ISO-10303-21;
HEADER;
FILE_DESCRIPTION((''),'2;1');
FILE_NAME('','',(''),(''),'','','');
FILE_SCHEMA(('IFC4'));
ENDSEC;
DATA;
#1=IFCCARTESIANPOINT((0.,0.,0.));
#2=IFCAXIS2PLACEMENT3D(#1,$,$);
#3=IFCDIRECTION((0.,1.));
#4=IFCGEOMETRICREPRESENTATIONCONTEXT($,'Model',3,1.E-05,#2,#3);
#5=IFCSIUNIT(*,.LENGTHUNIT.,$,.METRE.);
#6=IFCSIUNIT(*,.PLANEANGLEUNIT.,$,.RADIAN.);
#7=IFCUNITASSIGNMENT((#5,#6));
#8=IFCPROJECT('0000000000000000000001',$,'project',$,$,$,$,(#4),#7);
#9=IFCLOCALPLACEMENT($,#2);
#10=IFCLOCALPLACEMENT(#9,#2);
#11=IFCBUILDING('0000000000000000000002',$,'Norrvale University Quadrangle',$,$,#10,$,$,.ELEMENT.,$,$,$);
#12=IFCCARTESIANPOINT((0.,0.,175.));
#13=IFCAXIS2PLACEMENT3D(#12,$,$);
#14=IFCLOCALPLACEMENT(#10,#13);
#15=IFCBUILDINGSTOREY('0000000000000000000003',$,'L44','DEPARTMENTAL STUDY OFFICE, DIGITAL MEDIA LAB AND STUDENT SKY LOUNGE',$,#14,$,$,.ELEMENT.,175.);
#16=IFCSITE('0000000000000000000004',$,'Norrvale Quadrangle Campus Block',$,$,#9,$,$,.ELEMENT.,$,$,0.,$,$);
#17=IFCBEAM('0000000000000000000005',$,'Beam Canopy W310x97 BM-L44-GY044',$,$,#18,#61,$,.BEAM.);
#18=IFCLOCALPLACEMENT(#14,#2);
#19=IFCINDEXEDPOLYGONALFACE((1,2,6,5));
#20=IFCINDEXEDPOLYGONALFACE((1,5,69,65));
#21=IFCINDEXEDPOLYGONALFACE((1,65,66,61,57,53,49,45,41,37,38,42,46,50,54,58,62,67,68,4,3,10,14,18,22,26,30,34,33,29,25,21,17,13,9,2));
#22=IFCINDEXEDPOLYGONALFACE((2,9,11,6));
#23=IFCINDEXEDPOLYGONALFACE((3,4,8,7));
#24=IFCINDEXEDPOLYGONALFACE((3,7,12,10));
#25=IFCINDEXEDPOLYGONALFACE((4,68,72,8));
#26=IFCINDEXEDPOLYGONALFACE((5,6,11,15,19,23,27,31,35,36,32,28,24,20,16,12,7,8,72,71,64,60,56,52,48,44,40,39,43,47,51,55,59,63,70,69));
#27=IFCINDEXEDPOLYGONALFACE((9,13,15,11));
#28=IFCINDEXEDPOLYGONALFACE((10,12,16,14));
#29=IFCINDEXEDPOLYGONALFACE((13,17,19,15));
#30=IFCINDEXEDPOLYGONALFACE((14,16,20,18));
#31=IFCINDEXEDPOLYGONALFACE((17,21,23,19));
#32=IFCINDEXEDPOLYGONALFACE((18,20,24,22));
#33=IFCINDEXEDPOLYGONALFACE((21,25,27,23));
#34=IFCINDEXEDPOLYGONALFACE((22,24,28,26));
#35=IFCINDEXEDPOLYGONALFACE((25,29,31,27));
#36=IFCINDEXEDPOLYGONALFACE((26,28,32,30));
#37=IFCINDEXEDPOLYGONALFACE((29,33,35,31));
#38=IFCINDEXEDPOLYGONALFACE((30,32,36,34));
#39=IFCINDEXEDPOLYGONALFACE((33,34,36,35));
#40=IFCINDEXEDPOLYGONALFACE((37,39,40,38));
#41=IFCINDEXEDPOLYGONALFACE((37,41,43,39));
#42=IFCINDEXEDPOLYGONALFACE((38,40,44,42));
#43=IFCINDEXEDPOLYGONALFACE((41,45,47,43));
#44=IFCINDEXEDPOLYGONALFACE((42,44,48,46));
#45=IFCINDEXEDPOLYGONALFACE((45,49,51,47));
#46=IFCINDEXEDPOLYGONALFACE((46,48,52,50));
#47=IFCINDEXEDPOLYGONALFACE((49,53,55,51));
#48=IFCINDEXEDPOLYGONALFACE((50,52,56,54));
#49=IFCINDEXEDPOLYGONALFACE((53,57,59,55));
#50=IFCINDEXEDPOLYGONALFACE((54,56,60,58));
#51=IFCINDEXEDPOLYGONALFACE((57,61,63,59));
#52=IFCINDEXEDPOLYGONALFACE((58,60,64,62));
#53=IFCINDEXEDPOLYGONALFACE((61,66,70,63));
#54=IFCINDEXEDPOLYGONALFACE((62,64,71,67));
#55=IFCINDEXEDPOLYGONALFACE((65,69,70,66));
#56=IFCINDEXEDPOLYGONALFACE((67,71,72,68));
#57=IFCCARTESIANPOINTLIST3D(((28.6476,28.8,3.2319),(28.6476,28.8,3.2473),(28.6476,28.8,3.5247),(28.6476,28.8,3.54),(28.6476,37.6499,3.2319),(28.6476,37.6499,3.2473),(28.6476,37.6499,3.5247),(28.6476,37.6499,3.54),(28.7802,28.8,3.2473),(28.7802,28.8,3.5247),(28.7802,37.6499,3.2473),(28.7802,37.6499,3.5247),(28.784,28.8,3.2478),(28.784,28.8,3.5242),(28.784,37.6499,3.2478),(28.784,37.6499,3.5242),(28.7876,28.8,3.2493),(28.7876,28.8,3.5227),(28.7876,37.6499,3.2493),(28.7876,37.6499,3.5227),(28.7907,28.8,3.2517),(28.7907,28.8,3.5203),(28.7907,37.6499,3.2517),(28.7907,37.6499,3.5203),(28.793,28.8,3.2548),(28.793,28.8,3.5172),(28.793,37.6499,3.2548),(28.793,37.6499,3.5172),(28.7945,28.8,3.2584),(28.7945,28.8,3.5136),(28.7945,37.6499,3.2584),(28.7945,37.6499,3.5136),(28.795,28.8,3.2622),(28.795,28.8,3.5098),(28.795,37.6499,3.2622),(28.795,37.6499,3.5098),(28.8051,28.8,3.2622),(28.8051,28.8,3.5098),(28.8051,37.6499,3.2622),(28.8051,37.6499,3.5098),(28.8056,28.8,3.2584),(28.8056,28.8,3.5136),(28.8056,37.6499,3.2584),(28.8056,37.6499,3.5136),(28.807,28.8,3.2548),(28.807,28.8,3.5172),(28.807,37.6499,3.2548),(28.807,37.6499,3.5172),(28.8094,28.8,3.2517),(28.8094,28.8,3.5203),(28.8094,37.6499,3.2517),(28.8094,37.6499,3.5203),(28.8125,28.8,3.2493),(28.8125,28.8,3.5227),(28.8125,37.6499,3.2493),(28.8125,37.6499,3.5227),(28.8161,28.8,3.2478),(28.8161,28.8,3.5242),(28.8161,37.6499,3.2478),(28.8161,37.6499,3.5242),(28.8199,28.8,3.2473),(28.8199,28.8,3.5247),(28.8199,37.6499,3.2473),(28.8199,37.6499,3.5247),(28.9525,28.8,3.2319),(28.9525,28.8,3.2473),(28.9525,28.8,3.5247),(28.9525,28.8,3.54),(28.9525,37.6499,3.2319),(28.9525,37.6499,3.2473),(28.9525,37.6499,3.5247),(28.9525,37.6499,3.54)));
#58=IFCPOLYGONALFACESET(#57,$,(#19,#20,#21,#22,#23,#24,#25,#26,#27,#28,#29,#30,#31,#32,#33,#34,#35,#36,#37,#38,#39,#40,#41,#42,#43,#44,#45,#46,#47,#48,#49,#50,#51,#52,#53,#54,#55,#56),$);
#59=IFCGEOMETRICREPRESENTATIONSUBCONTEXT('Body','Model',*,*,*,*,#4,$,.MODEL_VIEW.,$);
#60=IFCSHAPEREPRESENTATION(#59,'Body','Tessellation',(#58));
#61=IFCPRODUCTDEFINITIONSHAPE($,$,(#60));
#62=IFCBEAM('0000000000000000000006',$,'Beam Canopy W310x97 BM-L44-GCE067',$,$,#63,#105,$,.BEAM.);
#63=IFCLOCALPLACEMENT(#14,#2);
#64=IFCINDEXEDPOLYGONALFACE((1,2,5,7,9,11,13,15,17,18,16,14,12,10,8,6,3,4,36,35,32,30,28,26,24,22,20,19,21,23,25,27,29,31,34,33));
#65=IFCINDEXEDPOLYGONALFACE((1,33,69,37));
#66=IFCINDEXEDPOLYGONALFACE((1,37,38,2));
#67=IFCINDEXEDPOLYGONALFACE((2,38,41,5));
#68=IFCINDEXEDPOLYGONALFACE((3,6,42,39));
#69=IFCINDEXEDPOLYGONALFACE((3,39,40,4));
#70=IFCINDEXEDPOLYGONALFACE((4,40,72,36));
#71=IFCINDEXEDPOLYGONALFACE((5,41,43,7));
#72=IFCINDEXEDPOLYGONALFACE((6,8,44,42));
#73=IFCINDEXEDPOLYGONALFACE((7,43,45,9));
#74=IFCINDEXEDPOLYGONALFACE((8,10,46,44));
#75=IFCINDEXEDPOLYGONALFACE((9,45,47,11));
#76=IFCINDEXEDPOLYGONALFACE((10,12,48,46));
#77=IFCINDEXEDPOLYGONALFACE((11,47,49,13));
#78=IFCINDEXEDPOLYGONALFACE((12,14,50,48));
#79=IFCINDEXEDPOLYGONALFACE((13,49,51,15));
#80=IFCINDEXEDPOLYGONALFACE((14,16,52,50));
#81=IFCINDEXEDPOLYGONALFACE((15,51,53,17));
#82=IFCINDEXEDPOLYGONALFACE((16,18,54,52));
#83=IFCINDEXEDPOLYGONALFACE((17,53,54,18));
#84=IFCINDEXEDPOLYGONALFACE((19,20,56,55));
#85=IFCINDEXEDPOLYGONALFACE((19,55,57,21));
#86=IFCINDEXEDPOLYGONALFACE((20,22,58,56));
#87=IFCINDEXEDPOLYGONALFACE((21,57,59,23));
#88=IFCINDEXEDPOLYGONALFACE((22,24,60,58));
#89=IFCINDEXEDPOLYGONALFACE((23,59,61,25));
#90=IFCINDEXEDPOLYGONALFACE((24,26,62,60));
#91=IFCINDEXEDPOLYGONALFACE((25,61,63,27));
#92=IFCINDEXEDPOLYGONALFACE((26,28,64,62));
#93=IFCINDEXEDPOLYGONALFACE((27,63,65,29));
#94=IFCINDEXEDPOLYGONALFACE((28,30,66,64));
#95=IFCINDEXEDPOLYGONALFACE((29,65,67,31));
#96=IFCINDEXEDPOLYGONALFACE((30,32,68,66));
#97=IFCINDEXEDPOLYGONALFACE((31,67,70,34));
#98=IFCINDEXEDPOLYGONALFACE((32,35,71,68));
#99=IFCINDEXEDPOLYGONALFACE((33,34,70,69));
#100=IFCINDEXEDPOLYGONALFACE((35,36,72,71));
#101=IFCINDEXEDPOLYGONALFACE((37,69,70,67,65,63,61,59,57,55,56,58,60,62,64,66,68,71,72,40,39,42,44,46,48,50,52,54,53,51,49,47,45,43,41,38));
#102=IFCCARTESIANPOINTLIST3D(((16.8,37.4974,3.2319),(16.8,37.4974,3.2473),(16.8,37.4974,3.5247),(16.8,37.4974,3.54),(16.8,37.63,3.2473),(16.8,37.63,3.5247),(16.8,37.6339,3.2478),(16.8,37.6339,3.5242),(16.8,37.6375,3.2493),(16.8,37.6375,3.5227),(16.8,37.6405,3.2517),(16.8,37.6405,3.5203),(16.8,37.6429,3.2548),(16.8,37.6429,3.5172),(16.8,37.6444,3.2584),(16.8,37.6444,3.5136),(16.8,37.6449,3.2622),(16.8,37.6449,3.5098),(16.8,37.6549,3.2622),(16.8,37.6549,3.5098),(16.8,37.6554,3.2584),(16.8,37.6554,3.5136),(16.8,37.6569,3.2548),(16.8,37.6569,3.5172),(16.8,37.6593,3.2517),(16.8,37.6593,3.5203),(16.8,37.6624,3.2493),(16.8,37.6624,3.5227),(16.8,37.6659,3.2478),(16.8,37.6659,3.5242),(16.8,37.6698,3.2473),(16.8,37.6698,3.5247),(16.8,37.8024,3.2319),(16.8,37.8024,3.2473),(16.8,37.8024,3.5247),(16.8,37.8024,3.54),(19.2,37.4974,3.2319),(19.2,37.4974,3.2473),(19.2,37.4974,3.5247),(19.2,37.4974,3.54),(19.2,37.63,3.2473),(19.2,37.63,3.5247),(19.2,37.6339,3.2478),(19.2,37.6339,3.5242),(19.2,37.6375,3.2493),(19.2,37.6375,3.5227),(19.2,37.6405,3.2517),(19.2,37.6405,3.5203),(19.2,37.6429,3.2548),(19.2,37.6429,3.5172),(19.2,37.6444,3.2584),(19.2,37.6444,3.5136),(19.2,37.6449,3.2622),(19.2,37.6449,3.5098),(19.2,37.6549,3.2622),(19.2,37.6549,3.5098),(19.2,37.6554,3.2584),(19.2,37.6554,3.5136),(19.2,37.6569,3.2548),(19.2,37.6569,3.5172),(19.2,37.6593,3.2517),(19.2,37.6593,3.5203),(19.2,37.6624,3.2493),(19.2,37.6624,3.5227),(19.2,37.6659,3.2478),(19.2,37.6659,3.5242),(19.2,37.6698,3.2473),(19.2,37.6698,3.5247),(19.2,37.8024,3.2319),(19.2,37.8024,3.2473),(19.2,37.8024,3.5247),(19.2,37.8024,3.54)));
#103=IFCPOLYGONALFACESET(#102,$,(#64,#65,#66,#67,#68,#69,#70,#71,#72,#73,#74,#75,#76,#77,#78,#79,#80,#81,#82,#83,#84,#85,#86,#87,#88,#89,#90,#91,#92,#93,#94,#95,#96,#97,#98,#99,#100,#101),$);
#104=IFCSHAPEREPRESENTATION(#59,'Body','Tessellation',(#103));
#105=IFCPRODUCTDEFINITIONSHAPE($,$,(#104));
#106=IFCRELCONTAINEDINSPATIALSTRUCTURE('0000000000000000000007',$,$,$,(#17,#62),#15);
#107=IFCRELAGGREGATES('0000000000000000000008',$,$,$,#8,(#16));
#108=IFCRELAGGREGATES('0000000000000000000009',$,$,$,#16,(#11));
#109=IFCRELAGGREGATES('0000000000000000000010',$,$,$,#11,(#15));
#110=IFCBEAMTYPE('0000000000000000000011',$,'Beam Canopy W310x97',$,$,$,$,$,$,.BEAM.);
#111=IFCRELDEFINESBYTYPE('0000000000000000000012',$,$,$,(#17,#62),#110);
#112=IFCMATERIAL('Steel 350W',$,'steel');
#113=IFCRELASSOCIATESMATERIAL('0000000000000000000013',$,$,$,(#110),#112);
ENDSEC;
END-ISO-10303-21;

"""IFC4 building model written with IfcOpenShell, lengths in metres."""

from ifc_helpers import new_model, si_unit, direction, frame, origin, origin_2d, place, context, subcontext, project, spatial, i_section, extrude, material, material_profile, profile_set, type_object, element, save


model = new_model("IFC4")

# Units and contexts
model_context = context("Model", 3, precision=1e-05, world=origin(), true_north=direction((0.0, 1.0)))
body_context = subcontext(model_context, "Body", "Model", "MODEL_VIEW")
ifc_project = project(units=[si_unit("LENGTHUNIT", "METRE"), si_unit("PLANEANGLEUNIT", "RADIAN")], contexts=[model_context])

# Site, building, storey
site_placement = place(None, origin())
site = spatial("IfcSite", under=ifc_project, at=site_placement, Name="Norrvale Quadrangle Campus Block", CompositionType="ELEMENT", RefElevation=0.0)
building_placement = place(site_placement, origin())
building = spatial("IfcBuilding", under=site, at=building_placement, Name="Norrvale University Quadrangle", CompositionType="ELEMENT")
storey_placement = place(building_placement, frame((0.0, 0.0, 175.0)))
storey = spatial("IfcBuildingStorey", under=building, at=storey_placement, Name="L44", Description="DEPARTMENTAL STUDY OFFICE, DIGITAL MEDIA LAB AND STUDENT SKY LOUNGE", CompositionType="ELEMENT", Elevation=175.0)

# Beams
ifc_material_1 = material(Name="Steel 350W", Category="steel")
ifc_material_profile_1 = material_profile(ifc_material_1, i_section(OverallWidth=0.3049, OverallDepth=0.3081, WebThickness=0.01, FlangeThickness=0.0154, FilletRadius=0.0149, at=origin_2d()), Name="Steel 350W")
ifc_profile_set_1 = profile_set([ifc_material_profile_1], Name="Steel 350W")
beam_type_1 = type_object("IfcBeamType", Name="Beam Canopy W310x97", PredefinedType="BEAM", material=ifc_profile_set_1)
beam_1_placement = place(storey_placement, frame((28.8, 28.8, 3.386), z_axis=(0.0, 1.0, 0.0), x_axis=(-1.0, 0.0, 0.0)))
element("IfcBeam", 1, at=beam_1_placement, inside=storey, type_object=beam_type_1, Name="Beam Canopy W310x97 BM-L44-GY044", PredefinedType="BEAM", context=body_context, shape_type="SweptSolid", body=[
    extrude(i_section(OverallWidth=0.3049, OverallDepth=0.3081, WebThickness=0.01, FlangeThickness=0.0154, FilletRadius=0.0149, at=origin_2d()), origin(), (0.0, 0.0, 1.0), 8.8499),
])
beam_2_placement = place(storey_placement, frame((16.8, 37.6499, 3.386), z_axis=(1.0, 0.0, 0.0), x_axis=(0.0, 1.0, 0.0)))
element("IfcBeam", 2, at=beam_2_placement, inside=storey, type_object=beam_type_1, Name="Beam Canopy W310x97 BM-L44-GCE067", PredefinedType="BEAM", context=body_context, shape_type="SweptSolid", body=[
    extrude(i_section(OverallWidth=0.3049, OverallDepth=0.3081, WebThickness=0.01, FlangeThickness=0.0154, FilletRadius=0.0149, at=origin_2d()), origin(), (0.0, 0.0, 1.0), 2.3999),
])

save(model, "model.ifc")
